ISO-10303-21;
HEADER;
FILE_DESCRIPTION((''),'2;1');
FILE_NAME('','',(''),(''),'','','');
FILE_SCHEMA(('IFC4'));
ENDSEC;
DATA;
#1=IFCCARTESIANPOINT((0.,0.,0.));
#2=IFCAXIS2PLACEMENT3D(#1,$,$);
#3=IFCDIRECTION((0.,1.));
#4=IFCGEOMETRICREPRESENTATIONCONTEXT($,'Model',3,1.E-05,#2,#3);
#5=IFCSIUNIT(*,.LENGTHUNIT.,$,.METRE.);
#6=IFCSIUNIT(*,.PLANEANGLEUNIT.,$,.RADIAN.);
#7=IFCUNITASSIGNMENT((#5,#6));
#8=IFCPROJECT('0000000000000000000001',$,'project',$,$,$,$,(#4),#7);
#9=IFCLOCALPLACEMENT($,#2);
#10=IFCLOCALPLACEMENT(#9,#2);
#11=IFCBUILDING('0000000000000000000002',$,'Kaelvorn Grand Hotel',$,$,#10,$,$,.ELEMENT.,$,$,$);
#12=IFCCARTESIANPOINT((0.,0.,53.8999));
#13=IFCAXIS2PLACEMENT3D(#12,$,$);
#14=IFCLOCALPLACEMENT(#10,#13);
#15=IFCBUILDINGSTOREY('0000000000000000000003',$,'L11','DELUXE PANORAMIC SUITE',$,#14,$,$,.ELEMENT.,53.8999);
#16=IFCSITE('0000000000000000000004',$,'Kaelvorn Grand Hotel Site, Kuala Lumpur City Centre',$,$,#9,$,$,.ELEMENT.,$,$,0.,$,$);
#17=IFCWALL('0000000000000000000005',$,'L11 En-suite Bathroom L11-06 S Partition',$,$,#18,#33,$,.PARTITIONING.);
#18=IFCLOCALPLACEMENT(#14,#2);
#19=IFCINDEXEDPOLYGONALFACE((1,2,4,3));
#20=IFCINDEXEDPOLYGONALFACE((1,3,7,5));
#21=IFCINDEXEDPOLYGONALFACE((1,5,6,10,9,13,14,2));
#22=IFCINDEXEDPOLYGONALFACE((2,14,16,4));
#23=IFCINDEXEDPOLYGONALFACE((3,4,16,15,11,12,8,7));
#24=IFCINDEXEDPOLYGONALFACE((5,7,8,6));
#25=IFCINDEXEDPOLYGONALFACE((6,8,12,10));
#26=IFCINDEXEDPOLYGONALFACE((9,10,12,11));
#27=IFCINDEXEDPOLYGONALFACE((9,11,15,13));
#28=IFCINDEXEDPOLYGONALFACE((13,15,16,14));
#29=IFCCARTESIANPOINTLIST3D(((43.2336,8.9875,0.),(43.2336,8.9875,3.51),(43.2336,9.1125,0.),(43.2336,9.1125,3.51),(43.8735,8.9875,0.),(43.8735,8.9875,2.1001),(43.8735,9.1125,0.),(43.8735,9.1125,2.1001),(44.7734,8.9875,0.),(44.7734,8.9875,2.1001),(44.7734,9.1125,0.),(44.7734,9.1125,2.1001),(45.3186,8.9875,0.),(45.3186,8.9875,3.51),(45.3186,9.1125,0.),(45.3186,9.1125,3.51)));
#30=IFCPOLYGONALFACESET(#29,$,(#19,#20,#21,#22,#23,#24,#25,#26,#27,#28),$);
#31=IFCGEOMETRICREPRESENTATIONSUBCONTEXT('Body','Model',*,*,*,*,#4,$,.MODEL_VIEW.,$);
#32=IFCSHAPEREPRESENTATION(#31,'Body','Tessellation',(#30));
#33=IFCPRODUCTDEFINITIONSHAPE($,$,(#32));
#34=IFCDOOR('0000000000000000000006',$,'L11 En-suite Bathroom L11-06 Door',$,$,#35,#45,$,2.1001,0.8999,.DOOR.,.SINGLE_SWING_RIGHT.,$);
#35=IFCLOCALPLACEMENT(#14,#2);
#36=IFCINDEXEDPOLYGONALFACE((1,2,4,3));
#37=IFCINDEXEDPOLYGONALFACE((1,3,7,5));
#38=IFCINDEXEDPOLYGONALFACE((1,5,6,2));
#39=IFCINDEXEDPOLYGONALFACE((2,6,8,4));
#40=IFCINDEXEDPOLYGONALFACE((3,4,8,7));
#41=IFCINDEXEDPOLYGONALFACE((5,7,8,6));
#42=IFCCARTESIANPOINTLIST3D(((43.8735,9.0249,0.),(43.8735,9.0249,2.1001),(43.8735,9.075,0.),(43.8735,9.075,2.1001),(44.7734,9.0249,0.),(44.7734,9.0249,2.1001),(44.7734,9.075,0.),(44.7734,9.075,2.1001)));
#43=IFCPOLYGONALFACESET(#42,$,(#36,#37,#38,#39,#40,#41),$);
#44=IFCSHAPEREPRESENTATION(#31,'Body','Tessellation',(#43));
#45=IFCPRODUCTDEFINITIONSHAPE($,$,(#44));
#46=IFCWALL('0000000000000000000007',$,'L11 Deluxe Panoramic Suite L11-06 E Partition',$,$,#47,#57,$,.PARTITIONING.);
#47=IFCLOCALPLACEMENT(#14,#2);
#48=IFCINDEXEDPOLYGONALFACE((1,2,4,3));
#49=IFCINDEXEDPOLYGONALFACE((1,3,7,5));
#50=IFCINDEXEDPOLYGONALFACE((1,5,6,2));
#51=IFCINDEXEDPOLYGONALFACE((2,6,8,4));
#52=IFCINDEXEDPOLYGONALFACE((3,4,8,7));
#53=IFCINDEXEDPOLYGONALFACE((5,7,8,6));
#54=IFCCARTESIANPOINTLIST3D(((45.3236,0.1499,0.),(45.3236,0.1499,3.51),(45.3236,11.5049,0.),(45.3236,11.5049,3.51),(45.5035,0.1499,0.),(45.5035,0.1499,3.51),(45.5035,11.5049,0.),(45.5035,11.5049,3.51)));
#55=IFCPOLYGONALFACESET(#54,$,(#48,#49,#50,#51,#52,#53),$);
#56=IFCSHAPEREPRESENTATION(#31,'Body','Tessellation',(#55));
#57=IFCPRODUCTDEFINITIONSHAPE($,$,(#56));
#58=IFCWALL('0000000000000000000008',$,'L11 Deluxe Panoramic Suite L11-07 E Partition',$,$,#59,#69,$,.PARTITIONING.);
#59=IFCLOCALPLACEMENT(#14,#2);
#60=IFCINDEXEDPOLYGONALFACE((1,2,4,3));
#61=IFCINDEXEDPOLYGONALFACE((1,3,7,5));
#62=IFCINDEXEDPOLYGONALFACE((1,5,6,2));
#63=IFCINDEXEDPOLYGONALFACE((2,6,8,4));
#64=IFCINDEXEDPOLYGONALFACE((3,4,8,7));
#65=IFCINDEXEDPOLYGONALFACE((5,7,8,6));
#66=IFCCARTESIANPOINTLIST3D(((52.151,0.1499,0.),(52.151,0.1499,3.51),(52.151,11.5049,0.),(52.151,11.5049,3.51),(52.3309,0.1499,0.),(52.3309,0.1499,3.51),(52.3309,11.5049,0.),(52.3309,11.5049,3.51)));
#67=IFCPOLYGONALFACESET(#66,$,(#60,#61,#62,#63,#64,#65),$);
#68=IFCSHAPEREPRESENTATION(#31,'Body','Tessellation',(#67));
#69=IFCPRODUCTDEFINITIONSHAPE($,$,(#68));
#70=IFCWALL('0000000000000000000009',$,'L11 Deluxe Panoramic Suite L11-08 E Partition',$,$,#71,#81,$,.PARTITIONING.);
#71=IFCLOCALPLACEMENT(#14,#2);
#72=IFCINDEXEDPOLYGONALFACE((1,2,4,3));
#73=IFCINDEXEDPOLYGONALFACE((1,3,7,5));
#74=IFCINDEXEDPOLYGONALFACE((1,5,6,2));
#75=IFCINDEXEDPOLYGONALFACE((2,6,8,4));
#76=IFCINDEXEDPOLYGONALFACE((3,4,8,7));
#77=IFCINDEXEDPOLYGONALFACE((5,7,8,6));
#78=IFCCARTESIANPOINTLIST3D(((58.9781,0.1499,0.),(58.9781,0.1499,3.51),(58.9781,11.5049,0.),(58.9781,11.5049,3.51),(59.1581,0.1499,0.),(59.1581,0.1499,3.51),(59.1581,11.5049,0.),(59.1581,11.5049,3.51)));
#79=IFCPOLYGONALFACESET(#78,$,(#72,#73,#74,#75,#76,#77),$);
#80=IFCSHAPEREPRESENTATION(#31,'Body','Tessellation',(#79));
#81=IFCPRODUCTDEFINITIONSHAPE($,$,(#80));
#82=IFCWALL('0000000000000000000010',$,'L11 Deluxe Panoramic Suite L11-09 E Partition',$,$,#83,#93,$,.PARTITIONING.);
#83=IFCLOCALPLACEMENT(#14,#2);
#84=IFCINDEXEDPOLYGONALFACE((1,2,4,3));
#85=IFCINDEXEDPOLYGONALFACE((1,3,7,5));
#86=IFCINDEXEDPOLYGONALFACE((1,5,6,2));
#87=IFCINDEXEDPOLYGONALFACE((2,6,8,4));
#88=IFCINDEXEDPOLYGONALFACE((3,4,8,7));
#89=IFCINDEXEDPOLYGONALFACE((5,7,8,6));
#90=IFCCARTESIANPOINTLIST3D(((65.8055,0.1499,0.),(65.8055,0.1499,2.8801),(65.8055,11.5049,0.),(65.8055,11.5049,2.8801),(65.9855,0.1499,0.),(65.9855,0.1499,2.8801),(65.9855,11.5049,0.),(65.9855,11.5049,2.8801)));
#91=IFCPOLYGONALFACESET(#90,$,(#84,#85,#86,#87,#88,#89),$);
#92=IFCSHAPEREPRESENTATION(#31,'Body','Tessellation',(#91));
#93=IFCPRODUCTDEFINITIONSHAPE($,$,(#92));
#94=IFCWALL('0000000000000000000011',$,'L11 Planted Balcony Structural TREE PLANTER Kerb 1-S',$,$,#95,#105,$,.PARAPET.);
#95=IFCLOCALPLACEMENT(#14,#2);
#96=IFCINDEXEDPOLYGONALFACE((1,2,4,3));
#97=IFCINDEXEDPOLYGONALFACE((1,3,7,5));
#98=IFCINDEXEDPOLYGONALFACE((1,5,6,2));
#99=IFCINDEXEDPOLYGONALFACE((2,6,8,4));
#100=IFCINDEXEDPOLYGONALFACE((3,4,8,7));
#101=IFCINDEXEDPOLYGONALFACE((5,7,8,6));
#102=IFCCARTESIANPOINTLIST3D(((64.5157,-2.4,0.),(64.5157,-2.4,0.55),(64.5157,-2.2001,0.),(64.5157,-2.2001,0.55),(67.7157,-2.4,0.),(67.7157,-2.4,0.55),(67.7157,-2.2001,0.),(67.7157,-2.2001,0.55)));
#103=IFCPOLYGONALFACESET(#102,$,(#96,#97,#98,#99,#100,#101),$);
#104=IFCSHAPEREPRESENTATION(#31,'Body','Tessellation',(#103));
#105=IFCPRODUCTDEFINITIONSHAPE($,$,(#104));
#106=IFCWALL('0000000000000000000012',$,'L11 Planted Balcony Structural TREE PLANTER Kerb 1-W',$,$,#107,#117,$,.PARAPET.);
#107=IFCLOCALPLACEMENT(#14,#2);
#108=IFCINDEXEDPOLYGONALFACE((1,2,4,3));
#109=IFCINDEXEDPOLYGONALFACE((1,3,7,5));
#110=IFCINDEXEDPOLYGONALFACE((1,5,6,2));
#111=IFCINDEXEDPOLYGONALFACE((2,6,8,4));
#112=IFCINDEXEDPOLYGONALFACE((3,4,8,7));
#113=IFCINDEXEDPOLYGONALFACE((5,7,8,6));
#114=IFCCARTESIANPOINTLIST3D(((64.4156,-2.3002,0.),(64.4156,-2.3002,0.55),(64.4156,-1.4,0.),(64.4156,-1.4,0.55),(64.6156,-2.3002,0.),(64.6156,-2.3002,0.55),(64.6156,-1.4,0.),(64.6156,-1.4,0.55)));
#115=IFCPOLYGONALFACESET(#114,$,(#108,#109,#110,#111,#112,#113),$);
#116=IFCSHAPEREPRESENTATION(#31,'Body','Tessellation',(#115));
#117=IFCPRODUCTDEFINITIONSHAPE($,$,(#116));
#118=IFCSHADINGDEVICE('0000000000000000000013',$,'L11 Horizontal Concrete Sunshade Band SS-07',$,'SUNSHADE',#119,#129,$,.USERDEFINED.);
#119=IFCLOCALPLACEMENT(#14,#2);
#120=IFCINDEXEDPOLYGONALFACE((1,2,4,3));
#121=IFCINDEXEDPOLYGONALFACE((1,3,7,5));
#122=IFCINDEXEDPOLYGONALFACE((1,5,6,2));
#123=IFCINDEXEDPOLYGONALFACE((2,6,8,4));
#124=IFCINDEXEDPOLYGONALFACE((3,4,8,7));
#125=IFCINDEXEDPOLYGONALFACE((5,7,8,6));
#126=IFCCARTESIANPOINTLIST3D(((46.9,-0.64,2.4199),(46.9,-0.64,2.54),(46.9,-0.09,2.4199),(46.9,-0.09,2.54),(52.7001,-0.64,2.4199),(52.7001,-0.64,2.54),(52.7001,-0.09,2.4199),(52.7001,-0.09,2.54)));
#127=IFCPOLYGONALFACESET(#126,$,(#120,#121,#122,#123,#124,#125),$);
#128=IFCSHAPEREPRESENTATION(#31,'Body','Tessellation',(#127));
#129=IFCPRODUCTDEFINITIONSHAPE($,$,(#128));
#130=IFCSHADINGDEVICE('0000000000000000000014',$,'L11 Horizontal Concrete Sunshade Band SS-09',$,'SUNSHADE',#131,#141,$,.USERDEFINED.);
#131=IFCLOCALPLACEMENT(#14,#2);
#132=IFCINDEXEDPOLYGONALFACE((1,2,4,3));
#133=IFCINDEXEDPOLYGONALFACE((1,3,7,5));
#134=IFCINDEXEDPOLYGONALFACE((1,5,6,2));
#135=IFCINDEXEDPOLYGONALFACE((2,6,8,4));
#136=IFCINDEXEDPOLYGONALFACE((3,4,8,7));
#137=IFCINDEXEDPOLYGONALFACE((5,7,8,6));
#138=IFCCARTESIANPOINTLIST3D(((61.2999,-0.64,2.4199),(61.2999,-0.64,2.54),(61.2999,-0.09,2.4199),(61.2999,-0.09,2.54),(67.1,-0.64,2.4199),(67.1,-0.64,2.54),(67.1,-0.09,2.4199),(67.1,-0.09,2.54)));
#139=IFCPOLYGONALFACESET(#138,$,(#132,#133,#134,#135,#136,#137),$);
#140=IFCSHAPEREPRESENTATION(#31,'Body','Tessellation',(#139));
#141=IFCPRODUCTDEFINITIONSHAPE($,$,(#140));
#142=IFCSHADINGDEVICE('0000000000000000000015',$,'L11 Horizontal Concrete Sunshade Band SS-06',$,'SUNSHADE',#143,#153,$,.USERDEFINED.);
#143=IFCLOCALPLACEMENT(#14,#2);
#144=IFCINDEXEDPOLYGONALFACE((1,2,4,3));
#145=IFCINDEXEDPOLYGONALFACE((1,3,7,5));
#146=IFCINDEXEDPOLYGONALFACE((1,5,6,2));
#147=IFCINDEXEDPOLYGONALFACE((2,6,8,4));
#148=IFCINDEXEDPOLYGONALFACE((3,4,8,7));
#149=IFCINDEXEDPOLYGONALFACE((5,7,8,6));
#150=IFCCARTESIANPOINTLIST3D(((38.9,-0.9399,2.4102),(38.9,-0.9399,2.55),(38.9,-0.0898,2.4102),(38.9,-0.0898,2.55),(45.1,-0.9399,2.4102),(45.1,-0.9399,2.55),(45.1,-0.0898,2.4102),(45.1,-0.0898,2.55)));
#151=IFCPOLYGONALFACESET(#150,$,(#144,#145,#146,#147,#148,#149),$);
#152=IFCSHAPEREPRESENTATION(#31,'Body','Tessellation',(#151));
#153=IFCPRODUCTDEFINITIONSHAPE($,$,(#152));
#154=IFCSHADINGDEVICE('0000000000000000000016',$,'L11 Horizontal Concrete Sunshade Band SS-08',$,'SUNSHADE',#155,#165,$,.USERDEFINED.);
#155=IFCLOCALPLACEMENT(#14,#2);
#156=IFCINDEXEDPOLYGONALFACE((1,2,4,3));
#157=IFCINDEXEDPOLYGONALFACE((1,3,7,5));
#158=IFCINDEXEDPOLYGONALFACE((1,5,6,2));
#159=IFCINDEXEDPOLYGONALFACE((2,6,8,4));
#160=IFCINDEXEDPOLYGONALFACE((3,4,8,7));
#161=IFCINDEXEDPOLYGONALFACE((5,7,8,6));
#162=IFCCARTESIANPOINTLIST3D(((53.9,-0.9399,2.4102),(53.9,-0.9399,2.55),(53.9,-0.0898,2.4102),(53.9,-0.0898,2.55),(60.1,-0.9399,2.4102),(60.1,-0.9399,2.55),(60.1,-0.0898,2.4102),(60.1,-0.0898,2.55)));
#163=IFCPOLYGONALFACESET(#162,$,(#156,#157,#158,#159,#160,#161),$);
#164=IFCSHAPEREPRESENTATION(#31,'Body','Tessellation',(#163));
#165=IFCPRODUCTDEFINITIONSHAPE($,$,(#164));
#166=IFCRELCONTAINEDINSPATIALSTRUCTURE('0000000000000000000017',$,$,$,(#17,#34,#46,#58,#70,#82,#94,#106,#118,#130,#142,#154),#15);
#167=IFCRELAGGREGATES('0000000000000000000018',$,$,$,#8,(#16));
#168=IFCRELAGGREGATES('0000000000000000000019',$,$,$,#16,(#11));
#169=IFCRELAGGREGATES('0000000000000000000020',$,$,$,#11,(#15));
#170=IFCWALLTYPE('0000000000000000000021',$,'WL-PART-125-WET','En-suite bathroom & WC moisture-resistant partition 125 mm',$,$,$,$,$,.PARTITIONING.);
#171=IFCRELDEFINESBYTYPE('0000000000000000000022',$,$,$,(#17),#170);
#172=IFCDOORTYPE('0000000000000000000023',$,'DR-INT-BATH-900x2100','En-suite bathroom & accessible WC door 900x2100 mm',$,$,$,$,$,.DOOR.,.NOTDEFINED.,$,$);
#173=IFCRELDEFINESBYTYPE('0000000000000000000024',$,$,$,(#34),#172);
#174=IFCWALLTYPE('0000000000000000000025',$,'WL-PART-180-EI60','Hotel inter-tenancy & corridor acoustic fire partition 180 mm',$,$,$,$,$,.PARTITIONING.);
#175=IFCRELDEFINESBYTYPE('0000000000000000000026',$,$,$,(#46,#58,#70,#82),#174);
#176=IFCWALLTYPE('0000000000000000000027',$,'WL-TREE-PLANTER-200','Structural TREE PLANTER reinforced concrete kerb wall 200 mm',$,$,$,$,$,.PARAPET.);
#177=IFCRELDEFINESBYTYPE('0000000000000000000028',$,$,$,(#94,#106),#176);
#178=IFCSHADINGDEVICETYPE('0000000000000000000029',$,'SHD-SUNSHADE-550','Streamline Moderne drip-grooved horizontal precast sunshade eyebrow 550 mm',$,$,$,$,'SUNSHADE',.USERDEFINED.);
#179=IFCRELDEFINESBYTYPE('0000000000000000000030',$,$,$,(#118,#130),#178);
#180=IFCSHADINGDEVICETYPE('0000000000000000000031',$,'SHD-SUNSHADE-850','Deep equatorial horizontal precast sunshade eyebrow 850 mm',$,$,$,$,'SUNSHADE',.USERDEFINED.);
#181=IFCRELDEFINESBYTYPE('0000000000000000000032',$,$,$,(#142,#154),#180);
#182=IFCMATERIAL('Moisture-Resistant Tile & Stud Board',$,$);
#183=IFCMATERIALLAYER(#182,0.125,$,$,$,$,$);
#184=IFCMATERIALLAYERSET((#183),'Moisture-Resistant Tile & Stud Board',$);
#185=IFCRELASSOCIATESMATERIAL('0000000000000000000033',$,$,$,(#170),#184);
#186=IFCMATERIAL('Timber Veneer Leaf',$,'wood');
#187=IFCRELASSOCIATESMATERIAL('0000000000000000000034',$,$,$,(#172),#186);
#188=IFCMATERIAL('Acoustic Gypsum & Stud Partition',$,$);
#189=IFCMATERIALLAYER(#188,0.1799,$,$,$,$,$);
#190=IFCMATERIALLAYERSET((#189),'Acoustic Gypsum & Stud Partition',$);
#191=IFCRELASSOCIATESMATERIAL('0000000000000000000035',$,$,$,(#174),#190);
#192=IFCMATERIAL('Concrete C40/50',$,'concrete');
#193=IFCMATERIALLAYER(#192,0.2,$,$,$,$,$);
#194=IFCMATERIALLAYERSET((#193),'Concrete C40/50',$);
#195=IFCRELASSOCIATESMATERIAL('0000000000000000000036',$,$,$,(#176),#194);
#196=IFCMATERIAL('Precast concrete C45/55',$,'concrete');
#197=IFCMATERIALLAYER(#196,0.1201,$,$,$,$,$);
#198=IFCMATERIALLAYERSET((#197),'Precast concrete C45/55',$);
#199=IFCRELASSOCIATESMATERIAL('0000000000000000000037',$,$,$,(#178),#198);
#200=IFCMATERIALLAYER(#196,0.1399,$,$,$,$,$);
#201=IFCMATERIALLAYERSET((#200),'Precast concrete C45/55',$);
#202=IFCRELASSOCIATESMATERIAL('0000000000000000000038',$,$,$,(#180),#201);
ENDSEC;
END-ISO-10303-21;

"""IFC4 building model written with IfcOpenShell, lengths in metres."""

from ifc_helpers import new_model, si_unit, direction, frame, frame_2d, origin, origin_2d, place, context, subcontext, project, spatial, rectangle, extrude, material, layer, layer_set, type_object, element, fill, save


model = new_model("IFC4")

# Units and contexts
model_context = context("Model", 3, precision=1e-05, world=origin(), true_north=direction((0.0, 1.0)))
body_context = subcontext(model_context, "Body", "Model", "MODEL_VIEW")
ifc_project = project(units=[si_unit("LENGTHUNIT", "METRE"), si_unit("PLANEANGLEUNIT", "RADIAN")], contexts=[model_context])

# Site, building, storey
site_placement = place(None, origin())
site = spatial("IfcSite", under=ifc_project, at=site_placement, Name="Kaelvorn Grand Hotel Site, Kuala Lumpur City Centre", CompositionType="ELEMENT", RefElevation=0.0)
building_placement = place(site_placement, origin())
building = spatial("IfcBuilding", under=site, at=building_placement, Name="Kaelvorn Grand Hotel", CompositionType="ELEMENT")
storey_placement = place(building_placement, frame((0.0, 0.0, 53.8999)))
storey = spatial("IfcBuildingStorey", under=building, at=storey_placement, Name="L11", Description="DELUXE PANORAMIC SUITE", CompositionType="ELEMENT", Elevation=53.8999)

# Shared definitions
ifc_material_1 = material(Name="Concrete C40/50", Category="concrete")

# Wall, opening, door
ifc_material_2 = material(Name="Moisture-Resistant Tile & Stud Board")
ifc_layer_1 = layer(ifc_material_2, 0.125)
ifc_layer_set_1 = layer_set([ifc_layer_1], Name="Moisture-Resistant Tile & Stud Board")
wall_type_1 = type_object("IfcWallType", Name="WL-PART-125-WET", Description="En-suite bathroom & WC moisture-resistant partition 125 mm", PredefinedType="PARTITIONING", material=ifc_layer_set_1)
wall_1_placement = place(storey_placement, frame((43.2336, 9.05, 0.0), z_axis=(0.0, 0.0, 1.0), x_axis=(1.0, 0.0, 0.0)))
wall_1 = element("IfcWall", 1, at=wall_1_placement, inside=storey, type_object=wall_type_1, Name="L11 En-suite Bathroom L11-06 S Partition", PredefinedType="PARTITIONING", context=body_context, shape_type="SweptSolid", body=[
    extrude(rectangle(XDim=2.085, YDim=0.125, at=frame_2d((1.0425, 0.0))), origin(), (0.0, 0.0, 1.0), 3.51),
])
opening_placement = place(wall_1_placement, frame((0.6399, 0.0, 0.0)))
opening = element("IfcOpeningElement", 2, at=opening_placement, cuts=wall_1, PredefinedType="OPENING", context=body_context, shape_type="SweptSolid", body=[
    extrude(rectangle(XDim=0.8999, YDim=2.1001, at=frame_2d((0.45, 1.05))), frame((0.0, 0.0725, 0.0), z_axis=(0.0, -1.0, 0.0), x_axis=(1.0, 0.0, 0.0)), (0.0, 0.0, 1.0), 0.145),
])
ifc_material_3 = material(Name="Timber Veneer Leaf", Category="wood")
door_type = type_object("IfcDoorType", Name="DR-INT-BATH-900x2100", Description="En-suite bathroom & accessible WC door 900x2100 mm", OperationType="NOTDEFINED", PredefinedType="DOOR", material=ifc_material_3)
door_placement = place(opening_placement, origin())
door = element("IfcDoor", 3, at=door_placement, inside=storey, type_object=door_type, Name="L11 En-suite Bathroom L11-06 Door", OperationType="SINGLE_SWING_RIGHT", OverallHeight=2.1001, OverallWidth=0.8999, PredefinedType="DOOR", context=body_context, shape_type="SweptSolid", body=[
    extrude(rectangle(XDim=0.8999, YDim=2.1001, at=frame_2d((0.45, 1.05))), frame((0.0, 0.0249, 0.0), z_axis=(0.0, -1.0, 0.0), x_axis=(1.0, 0.0, 0.0)), (0.0, 0.0, 1.0), 0.05),
])
fill(opening, door)

# Walls
ifc_material_4 = material(Name="Acoustic Gypsum & Stud Partition")
ifc_layer_2 = layer(ifc_material_4, 0.1799)
ifc_layer_set_2 = layer_set([ifc_layer_2], Name="Acoustic Gypsum & Stud Partition")
wall_type_2 = type_object("IfcWallType", Name="WL-PART-180-EI60", Description="Hotel inter-tenancy & corridor acoustic fire partition 180 mm", PredefinedType="PARTITIONING", material=ifc_layer_set_2)
for number, where, z_axis, x_axis, name in (
    (4, (45.4136, 0.1499, 0.0), (0.0, 0.0, 1.0), (0.0, 1.0, 0.0), "L11 Deluxe Panoramic Suite L11-06 E Partition"),
    (5, (52.241, 0.1499, 0.0), (0.0, 0.0, 1.0), (0.0, 1.0, 0.0), "L11 Deluxe Panoramic Suite L11-07 E Partition"),
    (6, (59.0681, 0.1499, 0.0), (0.0, 0.0, 1.0), (0.0, 1.0, 0.0), "L11 Deluxe Panoramic Suite L11-08 E Partition"),
):
    element("IfcWall", number, at=place(storey_placement, frame(where, z_axis=z_axis, x_axis=x_axis)), inside=storey, type_object=wall_type_2, Name=name, PredefinedType="PARTITIONING", context=body_context, shape_type="SweptSolid", body=[
        extrude(rectangle(XDim=11.355, YDim=0.1799, at=frame_2d((5.6775, 0.0))), origin(), (0.0, 0.0, 1.0), 3.51),
    ])
wall_2_placement = place(storey_placement, frame((65.8955, 0.1499, 0.0), z_axis=(0.0, 0.0, 1.0), x_axis=(0.0, 1.0, 0.0)))
element("IfcWall", 7, at=wall_2_placement, inside=storey, type_object=wall_type_2, Name="L11 Deluxe Panoramic Suite L11-09 E Partition", PredefinedType="PARTITIONING", context=body_context, shape_type="SweptSolid", body=[
    extrude(rectangle(XDim=11.355, YDim=0.1799, at=frame_2d((5.6775, 0.0))), origin(), (0.0, 0.0, 1.0), 2.8801),
])
ifc_layer_3 = layer(ifc_material_1, 0.2)
ifc_layer_set_3 = layer_set([ifc_layer_3], Name="Concrete C40/50")
wall_type_3 = type_object("IfcWallType", Name="WL-TREE-PLANTER-200", Description="Structural TREE PLANTER reinforced concrete kerb wall 200 mm", PredefinedType="PARAPET", material=ifc_layer_set_3)
wall_3_placement = place(storey_placement, frame((64.5156, -2.3, 0.0), z_axis=(0.0, 0.0, 1.0), x_axis=(1.0, 0.0, 0.0)))
element("IfcWall", 8, at=wall_3_placement, inside=storey, type_object=wall_type_3, Name="L11 Planted Balcony Structural TREE PLANTER Kerb 1-S", PredefinedType="PARAPET", context=body_context, shape_type="SweptSolid", body=[
    extrude(rectangle(XDim=3.2, YDim=0.2, at=frame_2d((1.6001, 0.0))), origin(), (0.0, 0.0, 1.0), 0.55),
])
wall_4_placement = place(storey_placement, frame((64.5156, -1.3999, 0.0), z_axis=(0.0, 0.0, 1.0), x_axis=(0.0, -1.0, 0.0)))
element("IfcWall", 9, at=wall_4_placement, inside=storey, type_object=wall_type_3, Name="L11 Planted Balcony Structural TREE PLANTER Kerb 1-W", PredefinedType="PARAPET", context=body_context, shape_type="SweptSolid", body=[
    extrude(rectangle(XDim=0.9001, YDim=0.2, at=frame_2d((0.4502, 0.0))), origin(), (0.0, 0.0, 1.0), 0.55),
])

# Shading devices
ifc_material_5 = material(Name="Precast concrete C45/55", Category="concrete")
ifc_layer_4 = layer(ifc_material_5, 0.1201)
ifc_layer_set_4 = layer_set([ifc_layer_4], Name="Precast concrete C45/55")
shading_device_type_1 = type_object("IfcShadingDeviceType", Name="SHD-SUNSHADE-550", Description="Streamline Moderne drip-grooved horizontal precast sunshade eyebrow 550 mm", ElementType="SUNSHADE", PredefinedType="USERDEFINED", material=ifc_layer_set_4)
for number, where, z_axis, x_axis, name in (
    (10, (49.8, -0.365, 2.4199), (0.0, 0.0, 1.0), (1.0, 0.0, 0.0), "L11 Horizontal Concrete Sunshade Band SS-07"),
    (11, (64.2, -0.365, 2.4199), (0.0, 0.0, 1.0), (1.0, 0.0, 0.0), "L11 Horizontal Concrete Sunshade Band SS-09"),
):
    element("IfcShadingDevice", number, at=place(storey_placement, frame(where, z_axis=z_axis, x_axis=x_axis)), inside=storey, type_object=shading_device_type_1, Name=name, ObjectType="SUNSHADE", PredefinedType="USERDEFINED", context=body_context, shape_type="SweptSolid", body=[
        extrude(rectangle(XDim=5.8, YDim=0.55, at=origin_2d()), origin(), (0.0, 0.0, 1.0), 0.1201),
    ])
ifc_layer_5 = layer(ifc_material_5, 0.1399)
ifc_layer_set_5 = layer_set([ifc_layer_5], Name="Precast concrete C45/55")
shading_device_type_2 = type_object("IfcShadingDeviceType", Name="SHD-SUNSHADE-850", Description="Deep equatorial horizontal precast sunshade eyebrow 850 mm", ElementType="SUNSHADE", PredefinedType="USERDEFINED", material=ifc_layer_set_5)
for number, where, z_axis, x_axis, name in (
    (12, (42.0, -0.5149, 2.4102), (0.0, 0.0, 1.0), (1.0, 0.0, 0.0), "L11 Horizontal Concrete Sunshade Band SS-06"),
    (13, (57.0, -0.5149, 2.4102), (0.0, 0.0, 1.0), (1.0, 0.0, 0.0), "L11 Horizontal Concrete Sunshade Band SS-08"),
):
    element("IfcShadingDevice", number, at=place(storey_placement, frame(where, z_axis=z_axis, x_axis=x_axis)), inside=storey, type_object=shading_device_type_2, Name=name, ObjectType="SUNSHADE", PredefinedType="USERDEFINED", context=body_context, shape_type="SweptSolid", body=[
        extrude(rectangle(XDim=6.2, YDim=0.8501, at=origin_2d()), origin(), (0.0, 0.0, 1.0), 0.1399),
    ])

save(model, "model.ifc")
